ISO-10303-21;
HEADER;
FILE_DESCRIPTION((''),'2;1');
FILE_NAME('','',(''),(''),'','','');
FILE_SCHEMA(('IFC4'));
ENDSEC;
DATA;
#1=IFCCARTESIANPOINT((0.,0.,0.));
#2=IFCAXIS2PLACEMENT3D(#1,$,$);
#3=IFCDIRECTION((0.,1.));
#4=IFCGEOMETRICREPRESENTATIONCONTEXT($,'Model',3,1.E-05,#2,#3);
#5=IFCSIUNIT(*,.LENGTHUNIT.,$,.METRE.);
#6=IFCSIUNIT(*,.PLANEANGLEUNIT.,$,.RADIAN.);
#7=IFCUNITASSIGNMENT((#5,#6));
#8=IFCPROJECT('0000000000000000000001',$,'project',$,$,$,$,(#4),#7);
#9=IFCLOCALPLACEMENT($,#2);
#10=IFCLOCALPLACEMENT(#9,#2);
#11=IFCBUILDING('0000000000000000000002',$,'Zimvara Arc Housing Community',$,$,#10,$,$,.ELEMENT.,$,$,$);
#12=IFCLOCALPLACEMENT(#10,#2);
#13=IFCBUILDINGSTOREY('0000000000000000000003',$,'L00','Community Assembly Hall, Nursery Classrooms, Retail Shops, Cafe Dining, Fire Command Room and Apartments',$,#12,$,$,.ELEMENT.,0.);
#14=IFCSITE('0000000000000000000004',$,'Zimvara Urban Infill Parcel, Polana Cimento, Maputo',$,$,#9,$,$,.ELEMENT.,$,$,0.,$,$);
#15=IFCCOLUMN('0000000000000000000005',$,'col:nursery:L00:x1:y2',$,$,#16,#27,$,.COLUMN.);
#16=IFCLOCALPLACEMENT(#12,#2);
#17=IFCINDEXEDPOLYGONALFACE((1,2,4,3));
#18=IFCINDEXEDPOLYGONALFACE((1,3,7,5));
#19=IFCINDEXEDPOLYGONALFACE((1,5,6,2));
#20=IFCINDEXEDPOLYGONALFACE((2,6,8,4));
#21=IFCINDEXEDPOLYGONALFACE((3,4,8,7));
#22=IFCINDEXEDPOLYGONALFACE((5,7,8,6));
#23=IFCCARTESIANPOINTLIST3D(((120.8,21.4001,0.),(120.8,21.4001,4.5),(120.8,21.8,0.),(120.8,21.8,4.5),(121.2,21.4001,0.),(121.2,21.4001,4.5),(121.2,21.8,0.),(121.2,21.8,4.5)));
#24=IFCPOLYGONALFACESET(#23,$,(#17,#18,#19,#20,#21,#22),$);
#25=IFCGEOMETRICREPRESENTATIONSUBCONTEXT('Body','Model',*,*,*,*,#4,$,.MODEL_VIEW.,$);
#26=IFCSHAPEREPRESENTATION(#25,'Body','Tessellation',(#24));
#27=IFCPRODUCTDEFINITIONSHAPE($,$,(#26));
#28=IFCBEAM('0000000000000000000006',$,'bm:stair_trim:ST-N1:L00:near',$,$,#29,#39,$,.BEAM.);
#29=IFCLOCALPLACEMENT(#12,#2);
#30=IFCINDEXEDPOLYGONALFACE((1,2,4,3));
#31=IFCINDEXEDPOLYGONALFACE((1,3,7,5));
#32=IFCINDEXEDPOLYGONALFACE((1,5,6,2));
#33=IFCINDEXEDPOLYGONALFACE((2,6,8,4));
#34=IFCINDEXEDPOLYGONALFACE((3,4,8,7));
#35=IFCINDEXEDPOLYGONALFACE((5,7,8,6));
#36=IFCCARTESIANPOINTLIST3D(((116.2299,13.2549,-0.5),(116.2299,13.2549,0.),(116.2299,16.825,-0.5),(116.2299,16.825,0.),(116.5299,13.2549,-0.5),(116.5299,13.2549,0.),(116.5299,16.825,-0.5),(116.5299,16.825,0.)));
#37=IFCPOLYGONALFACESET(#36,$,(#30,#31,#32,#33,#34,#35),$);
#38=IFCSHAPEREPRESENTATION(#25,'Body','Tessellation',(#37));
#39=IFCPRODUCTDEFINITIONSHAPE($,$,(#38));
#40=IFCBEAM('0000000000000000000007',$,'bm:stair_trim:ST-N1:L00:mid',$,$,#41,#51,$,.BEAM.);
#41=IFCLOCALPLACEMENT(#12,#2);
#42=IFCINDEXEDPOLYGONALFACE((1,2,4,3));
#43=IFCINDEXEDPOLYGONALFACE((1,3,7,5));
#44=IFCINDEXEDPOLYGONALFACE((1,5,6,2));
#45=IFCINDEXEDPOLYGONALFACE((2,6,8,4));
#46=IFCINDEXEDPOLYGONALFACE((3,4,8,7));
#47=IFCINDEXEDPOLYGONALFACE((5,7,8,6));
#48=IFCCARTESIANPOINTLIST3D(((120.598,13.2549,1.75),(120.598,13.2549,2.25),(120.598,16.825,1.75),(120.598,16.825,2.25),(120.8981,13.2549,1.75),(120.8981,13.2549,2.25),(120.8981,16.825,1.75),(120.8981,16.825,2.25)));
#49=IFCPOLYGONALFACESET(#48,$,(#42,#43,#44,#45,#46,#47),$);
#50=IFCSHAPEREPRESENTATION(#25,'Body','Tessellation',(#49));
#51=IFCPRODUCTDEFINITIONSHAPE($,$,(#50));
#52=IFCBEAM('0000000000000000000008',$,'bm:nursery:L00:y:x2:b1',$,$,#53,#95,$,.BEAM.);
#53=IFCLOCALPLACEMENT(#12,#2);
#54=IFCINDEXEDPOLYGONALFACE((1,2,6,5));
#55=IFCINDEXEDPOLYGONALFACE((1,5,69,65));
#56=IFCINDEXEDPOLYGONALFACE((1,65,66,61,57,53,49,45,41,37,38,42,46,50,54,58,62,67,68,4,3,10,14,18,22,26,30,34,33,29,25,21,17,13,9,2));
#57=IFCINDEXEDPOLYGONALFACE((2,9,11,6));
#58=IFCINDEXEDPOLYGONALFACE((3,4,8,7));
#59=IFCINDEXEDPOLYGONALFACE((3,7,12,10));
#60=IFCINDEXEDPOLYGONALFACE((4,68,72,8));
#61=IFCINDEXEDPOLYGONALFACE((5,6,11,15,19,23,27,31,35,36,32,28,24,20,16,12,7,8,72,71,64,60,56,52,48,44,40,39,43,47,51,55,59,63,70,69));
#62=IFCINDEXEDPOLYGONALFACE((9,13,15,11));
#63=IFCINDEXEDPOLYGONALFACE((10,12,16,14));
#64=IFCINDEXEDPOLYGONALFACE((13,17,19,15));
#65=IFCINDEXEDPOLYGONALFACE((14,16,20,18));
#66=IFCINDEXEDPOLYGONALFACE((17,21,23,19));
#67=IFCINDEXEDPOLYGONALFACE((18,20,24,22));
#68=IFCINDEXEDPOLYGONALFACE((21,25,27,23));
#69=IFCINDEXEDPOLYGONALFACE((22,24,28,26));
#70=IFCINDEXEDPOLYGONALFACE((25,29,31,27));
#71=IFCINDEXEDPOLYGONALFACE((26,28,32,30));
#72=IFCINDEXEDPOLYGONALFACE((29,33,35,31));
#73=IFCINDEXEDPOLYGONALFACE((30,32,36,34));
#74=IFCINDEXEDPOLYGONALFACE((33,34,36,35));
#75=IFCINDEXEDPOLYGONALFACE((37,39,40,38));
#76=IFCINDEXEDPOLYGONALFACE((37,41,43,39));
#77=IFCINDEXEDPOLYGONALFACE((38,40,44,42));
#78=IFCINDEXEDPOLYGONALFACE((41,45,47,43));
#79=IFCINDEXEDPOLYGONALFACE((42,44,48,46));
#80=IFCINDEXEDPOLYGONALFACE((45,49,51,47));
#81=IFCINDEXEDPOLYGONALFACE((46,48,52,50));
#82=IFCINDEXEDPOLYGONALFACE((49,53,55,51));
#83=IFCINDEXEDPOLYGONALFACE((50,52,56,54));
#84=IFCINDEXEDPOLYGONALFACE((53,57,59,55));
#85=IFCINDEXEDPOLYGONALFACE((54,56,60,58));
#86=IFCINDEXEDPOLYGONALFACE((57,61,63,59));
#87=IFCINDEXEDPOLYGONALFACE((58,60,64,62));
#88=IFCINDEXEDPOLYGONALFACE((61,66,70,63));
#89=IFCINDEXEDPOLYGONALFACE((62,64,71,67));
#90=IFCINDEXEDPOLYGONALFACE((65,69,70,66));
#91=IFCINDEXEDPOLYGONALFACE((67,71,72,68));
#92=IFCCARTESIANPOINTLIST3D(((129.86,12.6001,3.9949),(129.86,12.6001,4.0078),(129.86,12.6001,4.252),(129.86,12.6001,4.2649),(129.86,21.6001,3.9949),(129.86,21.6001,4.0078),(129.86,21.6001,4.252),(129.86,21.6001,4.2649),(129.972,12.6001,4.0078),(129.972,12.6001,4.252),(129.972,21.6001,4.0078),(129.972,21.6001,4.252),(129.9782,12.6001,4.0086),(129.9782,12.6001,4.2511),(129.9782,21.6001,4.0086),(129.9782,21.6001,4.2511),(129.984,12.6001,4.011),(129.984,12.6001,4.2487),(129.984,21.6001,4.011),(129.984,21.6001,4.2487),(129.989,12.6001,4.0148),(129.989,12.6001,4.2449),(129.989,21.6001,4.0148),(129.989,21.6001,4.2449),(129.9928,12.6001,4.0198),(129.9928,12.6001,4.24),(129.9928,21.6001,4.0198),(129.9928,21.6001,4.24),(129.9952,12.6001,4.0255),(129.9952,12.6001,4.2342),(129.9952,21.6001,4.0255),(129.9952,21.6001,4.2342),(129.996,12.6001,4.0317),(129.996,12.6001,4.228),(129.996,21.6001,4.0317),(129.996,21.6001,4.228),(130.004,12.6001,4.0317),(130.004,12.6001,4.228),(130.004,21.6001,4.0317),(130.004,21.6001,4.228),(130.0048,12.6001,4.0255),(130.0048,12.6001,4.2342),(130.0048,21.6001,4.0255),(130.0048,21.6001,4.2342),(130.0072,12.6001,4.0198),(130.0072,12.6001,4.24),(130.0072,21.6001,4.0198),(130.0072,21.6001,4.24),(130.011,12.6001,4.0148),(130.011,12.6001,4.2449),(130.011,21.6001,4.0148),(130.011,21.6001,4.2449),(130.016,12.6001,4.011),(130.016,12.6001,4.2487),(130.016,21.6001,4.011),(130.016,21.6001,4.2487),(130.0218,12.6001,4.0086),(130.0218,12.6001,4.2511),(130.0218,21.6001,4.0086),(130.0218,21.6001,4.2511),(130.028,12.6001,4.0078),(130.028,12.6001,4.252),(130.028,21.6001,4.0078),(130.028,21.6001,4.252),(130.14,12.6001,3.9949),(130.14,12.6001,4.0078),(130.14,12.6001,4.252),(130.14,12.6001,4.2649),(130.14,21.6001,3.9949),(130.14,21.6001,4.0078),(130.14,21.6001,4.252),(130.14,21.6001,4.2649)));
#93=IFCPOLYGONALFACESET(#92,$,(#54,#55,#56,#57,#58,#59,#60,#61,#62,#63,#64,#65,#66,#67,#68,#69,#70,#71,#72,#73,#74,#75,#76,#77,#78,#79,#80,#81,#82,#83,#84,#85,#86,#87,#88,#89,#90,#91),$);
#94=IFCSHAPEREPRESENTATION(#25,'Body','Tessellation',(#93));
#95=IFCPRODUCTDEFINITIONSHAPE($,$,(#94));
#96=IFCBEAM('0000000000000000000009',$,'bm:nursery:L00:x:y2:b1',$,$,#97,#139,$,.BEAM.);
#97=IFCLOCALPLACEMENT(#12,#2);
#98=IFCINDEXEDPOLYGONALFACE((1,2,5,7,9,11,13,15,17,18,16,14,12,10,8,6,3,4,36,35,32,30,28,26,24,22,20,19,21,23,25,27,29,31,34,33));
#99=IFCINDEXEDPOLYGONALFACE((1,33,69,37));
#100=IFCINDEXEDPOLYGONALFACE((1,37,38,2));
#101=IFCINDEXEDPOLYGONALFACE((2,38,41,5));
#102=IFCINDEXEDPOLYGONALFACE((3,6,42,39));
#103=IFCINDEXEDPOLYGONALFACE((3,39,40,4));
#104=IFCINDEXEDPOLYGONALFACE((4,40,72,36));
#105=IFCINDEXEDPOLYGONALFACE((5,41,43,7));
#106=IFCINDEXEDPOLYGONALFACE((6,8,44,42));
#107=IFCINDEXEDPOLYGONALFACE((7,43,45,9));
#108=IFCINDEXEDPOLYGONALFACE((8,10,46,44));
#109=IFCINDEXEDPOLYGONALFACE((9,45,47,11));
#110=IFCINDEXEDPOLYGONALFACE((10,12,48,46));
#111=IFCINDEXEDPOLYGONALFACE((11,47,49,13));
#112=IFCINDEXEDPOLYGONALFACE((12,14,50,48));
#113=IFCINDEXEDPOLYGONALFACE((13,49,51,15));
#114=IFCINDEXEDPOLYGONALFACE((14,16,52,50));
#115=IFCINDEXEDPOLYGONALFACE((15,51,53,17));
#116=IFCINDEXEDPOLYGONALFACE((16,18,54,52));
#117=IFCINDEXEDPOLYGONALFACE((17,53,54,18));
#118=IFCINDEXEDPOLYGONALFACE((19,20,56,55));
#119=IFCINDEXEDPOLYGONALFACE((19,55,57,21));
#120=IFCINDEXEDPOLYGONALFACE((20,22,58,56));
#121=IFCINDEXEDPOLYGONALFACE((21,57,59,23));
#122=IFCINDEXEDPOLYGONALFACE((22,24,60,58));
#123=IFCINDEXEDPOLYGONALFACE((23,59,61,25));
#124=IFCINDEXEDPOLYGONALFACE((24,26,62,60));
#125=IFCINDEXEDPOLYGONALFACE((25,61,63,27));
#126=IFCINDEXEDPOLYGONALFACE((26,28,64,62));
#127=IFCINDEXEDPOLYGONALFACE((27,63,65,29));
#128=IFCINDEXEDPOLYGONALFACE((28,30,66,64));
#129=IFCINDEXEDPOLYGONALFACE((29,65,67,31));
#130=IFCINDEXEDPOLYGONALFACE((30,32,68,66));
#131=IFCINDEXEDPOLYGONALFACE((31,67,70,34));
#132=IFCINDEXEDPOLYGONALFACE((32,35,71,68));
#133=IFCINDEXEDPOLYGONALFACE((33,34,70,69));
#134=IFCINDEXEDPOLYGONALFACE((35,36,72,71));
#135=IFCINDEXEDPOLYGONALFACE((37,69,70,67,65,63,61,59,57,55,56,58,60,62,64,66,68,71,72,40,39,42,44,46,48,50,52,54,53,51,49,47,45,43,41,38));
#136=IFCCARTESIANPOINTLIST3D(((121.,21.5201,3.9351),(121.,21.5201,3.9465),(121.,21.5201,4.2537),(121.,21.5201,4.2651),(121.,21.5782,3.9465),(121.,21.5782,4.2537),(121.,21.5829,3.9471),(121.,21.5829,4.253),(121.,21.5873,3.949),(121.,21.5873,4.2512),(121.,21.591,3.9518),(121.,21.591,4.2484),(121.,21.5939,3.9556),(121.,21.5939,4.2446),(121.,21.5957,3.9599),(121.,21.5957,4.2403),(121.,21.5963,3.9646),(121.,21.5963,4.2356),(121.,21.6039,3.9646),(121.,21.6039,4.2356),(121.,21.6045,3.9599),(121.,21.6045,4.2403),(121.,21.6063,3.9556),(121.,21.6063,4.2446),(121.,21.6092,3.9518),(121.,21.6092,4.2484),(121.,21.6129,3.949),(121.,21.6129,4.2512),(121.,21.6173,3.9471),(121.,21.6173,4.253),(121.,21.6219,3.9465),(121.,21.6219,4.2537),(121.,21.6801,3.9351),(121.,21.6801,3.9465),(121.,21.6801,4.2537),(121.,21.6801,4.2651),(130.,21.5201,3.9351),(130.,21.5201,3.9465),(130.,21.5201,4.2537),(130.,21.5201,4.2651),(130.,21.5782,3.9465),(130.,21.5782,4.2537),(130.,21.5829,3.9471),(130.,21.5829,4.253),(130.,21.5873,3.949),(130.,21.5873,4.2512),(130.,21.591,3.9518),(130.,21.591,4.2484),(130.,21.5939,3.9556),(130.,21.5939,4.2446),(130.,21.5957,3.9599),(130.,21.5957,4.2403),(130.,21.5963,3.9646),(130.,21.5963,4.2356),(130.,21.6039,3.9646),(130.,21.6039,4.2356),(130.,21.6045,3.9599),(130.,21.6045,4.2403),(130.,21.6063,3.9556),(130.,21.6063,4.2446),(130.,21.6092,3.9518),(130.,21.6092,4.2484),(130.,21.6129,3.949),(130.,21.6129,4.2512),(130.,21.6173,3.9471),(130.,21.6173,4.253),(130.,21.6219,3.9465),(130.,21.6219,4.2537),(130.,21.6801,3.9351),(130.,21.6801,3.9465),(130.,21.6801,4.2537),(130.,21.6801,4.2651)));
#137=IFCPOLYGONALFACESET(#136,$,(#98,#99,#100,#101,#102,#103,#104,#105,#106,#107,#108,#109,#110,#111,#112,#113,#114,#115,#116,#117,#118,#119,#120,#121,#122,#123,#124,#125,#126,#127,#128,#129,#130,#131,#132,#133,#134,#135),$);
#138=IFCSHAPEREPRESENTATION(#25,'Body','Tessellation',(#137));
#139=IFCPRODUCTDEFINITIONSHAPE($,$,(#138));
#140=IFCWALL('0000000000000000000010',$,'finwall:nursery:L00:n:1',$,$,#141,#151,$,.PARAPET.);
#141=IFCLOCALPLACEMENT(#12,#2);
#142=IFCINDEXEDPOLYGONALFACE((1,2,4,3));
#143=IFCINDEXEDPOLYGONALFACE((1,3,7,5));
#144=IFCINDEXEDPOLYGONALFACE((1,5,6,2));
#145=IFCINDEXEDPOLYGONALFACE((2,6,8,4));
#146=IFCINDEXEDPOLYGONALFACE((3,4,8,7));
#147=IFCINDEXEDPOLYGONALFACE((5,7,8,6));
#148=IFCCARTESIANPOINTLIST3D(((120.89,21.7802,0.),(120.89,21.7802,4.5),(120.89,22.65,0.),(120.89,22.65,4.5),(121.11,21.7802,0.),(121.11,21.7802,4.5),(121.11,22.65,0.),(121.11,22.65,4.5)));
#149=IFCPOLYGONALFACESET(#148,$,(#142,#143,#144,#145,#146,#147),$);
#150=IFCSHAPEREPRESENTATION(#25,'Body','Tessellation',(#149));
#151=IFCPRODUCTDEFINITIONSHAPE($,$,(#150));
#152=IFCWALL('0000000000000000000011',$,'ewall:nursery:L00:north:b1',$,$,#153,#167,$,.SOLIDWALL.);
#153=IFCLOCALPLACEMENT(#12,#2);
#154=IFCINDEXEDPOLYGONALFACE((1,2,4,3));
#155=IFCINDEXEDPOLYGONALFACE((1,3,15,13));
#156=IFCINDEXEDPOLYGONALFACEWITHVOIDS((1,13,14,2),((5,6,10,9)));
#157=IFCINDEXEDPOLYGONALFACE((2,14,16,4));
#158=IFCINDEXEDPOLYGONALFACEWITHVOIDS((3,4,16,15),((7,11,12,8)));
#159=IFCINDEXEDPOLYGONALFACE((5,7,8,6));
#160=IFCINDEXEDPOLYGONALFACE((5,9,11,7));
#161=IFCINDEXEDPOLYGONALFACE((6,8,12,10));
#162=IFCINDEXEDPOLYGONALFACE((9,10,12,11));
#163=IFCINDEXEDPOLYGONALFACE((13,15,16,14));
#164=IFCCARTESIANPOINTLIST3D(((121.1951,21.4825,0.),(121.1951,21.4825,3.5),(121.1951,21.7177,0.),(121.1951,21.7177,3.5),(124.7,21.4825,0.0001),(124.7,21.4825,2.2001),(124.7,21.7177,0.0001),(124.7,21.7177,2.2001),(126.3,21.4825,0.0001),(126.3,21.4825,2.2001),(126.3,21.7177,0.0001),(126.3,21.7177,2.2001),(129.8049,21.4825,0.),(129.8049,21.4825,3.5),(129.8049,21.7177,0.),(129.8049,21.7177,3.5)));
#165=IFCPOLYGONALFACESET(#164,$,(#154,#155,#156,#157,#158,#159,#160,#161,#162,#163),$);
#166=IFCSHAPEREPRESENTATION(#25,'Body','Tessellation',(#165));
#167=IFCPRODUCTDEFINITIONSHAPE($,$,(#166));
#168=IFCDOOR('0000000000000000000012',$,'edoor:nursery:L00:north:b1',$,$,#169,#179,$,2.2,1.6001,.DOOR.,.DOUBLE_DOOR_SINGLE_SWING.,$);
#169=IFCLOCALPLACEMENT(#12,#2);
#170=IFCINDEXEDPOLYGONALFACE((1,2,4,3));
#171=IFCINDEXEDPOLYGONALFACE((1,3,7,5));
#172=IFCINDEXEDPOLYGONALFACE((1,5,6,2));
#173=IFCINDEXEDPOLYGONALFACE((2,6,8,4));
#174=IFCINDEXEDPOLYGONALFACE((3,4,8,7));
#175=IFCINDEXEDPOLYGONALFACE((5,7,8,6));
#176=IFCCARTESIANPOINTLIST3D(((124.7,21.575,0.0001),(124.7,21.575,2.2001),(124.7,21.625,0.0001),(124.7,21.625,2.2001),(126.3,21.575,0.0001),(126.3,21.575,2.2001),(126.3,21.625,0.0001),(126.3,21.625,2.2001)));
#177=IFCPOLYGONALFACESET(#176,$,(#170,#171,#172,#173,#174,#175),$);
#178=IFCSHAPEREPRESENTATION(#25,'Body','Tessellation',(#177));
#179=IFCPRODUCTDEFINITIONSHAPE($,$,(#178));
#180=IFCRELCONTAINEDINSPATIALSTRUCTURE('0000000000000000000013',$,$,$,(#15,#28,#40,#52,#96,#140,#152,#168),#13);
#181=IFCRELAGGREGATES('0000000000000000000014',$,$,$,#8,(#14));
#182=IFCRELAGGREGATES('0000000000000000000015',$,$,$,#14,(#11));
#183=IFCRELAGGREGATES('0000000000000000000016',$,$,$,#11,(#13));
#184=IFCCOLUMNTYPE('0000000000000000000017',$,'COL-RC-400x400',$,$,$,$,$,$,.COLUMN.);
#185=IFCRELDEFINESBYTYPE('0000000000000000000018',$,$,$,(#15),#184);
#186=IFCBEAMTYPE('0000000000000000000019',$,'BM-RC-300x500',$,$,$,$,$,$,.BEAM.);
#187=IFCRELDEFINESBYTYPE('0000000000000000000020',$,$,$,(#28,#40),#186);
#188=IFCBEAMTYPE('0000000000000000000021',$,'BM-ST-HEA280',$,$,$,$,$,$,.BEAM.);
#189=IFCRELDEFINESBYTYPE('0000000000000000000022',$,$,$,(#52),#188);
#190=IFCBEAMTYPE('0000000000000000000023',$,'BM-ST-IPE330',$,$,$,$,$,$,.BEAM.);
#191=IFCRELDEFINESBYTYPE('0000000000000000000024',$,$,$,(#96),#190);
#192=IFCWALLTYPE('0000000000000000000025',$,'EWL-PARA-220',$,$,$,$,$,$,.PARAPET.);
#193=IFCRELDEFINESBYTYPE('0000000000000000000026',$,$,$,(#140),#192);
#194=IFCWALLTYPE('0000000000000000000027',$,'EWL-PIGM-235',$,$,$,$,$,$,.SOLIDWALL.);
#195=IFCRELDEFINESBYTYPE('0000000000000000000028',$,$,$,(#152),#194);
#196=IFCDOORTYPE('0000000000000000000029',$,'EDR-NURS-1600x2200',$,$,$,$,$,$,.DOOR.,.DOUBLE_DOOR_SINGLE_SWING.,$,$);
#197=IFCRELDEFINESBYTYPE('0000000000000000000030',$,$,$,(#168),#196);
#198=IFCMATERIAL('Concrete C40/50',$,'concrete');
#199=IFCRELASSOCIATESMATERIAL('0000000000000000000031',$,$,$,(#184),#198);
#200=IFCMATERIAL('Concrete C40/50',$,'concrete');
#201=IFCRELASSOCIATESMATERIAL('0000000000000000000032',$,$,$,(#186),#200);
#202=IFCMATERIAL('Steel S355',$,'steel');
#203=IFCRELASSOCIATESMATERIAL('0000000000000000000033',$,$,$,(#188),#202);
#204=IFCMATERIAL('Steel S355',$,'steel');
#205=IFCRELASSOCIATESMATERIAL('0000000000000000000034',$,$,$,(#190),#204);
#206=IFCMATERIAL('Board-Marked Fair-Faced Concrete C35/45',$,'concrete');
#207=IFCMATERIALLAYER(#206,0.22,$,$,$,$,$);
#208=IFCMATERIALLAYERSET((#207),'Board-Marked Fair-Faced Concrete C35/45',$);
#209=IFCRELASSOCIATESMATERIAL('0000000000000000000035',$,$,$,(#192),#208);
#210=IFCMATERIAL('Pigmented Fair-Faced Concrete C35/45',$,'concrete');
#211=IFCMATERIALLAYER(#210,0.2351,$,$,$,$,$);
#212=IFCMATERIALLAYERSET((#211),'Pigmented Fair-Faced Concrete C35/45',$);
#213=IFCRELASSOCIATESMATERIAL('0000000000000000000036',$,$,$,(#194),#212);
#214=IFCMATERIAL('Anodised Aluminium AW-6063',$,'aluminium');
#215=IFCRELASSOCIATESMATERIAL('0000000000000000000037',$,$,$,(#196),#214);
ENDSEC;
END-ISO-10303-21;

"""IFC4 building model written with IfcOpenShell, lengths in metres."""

from ifc_helpers import new_model, si_unit, direction, frame, frame_2d, origin, origin_2d, place, context, subcontext, project, spatial, rectangle, i_section, extrude, material, layer, layer_set, material_profile, profile_set, type_object, element, fill, save


model = new_model("IFC4")

# Units and contexts
model_context = context("Model", 3, precision=1e-05, world=origin(), true_north=direction((0.0, 1.0)))
body_context = subcontext(model_context, "Body", "Model", "MODEL_VIEW")
ifc_project = project(units=[si_unit("LENGTHUNIT", "METRE"), si_unit("PLANEANGLEUNIT", "RADIAN")], contexts=[model_context])

# Site, building, storey
site_placement = place(None, origin())
site = spatial("IfcSite", under=ifc_project, at=site_placement, Name="Zimvara Urban Infill Parcel, Polana Cimento, Maputo", CompositionType="ELEMENT", RefElevation=0.0)
building_placement = place(site_placement, origin())
building = spatial("IfcBuilding", under=site, at=building_placement, Name="Zimvara Arc Housing Community", CompositionType="ELEMENT")
storey_placement = place(building_placement, origin())
storey = spatial("IfcBuildingStorey", under=building, at=storey_placement, Name="L00", Description="Community Assembly Hall, Nursery Classrooms, Retail Shops, Cafe Dining, Fire Command Room and Apartments", CompositionType="ELEMENT", Elevation=0.0)

# Column
ifc_material_1 = material(Name="Concrete C40/50", Category="concrete")
ifc_material_profile_1 = material_profile(ifc_material_1, rectangle(XDim=0.3999, YDim=0.3999, at=origin_2d()), Name="RC 400x400")
ifc_profile_set_1 = profile_set([ifc_material_profile_1], Name="Concrete C40/50")
column_type = type_object("IfcColumnType", Name="COL-RC-400x400", PredefinedType="COLUMN", material=ifc_profile_set_1)
column_placement = place(storey_placement, frame((121.0, 21.6001, 0.0), z_axis=(0.0, 0.0, 1.0), x_axis=(1.0, 0.0, 0.0)))
element("IfcColumn", 1, at=column_placement, inside=storey, type_object=column_type, Name="col:nursery:L00:x1:y2", PredefinedType="COLUMN", context=body_context, shape_type="SweptSolid", body=[
    extrude(rectangle(XDim=0.3999, YDim=0.3999, at=origin_2d()), origin(), (0.0, 0.0, 1.0), 4.5),
])

# Beams
ifc_material_2 = material(Name="Concrete C40/50", Category="concrete")
ifc_material_profile_2 = material_profile(ifc_material_2, rectangle(XDim=0.3, YDim=0.5, at=origin_2d()), Name="RC 300x500")
ifc_profile_set_2 = profile_set([ifc_material_profile_2], Name="Concrete C40/50")
beam_type_1 = type_object("IfcBeamType", Name="BM-RC-300x500", PredefinedType="BEAM", material=ifc_profile_set_2)
for number, where, z_axis, x_axis, name in (
    (2, (116.3799, 13.2549, -0.25), (0.0, 1.0, 0.0), (-1.0, 0.0, 0.0), "bm:stair_trim:ST-N1:L00:near"),
    (3, (120.748, 13.2549, 2.0), (0.0, 1.0, 0.0), (-1.0, 0.0, 0.0), "bm:stair_trim:ST-N1:L00:mid"),
):
    element("IfcBeam", number, at=place(storey_placement, frame(where, z_axis=z_axis, x_axis=x_axis)), inside=storey, type_object=beam_type_1, Name=name, PredefinedType="BEAM", context=body_context, shape_type="SweptSolid", body=[
        extrude(rectangle(XDim=0.3, YDim=0.5, at=origin_2d()), origin(), (0.0, 0.0, 1.0), 3.5701),
    ])
ifc_material_3 = material(Name="Steel S355", Category="steel")
ifc_material_profile_3 = material_profile(ifc_material_3, i_section(OverallWidth=0.28, OverallDepth=0.27, WebThickness=0.0081, FlangeThickness=0.0129, FilletRadius=0.0239, at=origin_2d()), Name="HEA 280")
ifc_profile_set_3 = profile_set([ifc_material_profile_3], Name="Steel S355")
beam_type_2 = type_object("IfcBeamType", Name="BM-ST-HEA280", PredefinedType="BEAM", material=ifc_profile_set_3)
beam_1_placement = place(storey_placement, frame((130.0, 12.6001, 4.1299), z_axis=(0.0, 1.0, 0.0), x_axis=(-1.0, 0.0, 0.0)))
element("IfcBeam", 4, at=beam_1_placement, inside=storey, type_object=beam_type_2, Name="bm:nursery:L00:y:x2:b1", PredefinedType="BEAM", context=body_context, shape_type="SweptSolid", body=[
    extrude(i_section(OverallWidth=0.28, OverallDepth=0.27, WebThickness=0.0081, FlangeThickness=0.0129, FilletRadius=0.0239, at=origin_2d()), origin(), (0.0, 0.0, 1.0), 9.0),
])
ifc_material_4 = material(Name="Steel S355", Category="steel")
ifc_material_profile_4 = material_profile(ifc_material_4, i_section(OverallWidth=0.1599, OverallDepth=0.3301, WebThickness=0.0076, FlangeThickness=0.0115, FilletRadius=0.0181, at=origin_2d()), Name="IPE 330")
ifc_profile_set_4 = profile_set([ifc_material_profile_4], Name="Steel S355")
beam_type_3 = type_object("IfcBeamType", Name="BM-ST-IPE330", PredefinedType="BEAM", material=ifc_profile_set_4)
beam_2_placement = place(storey_placement, frame((121.0, 21.6001, 4.1001), z_axis=(1.0, 0.0, 0.0), x_axis=(0.0, 1.0, 0.0)))
element("IfcBeam", 5, at=beam_2_placement, inside=storey, type_object=beam_type_3, Name="bm:nursery:L00:x:y2:b1", PredefinedType="BEAM", context=body_context, shape_type="SweptSolid", body=[
    extrude(i_section(OverallWidth=0.1599, OverallDepth=0.3301, WebThickness=0.0076, FlangeThickness=0.0115, FilletRadius=0.0181, at=origin_2d()), origin(), (0.0, 0.0, 1.0), 9.0),
])

# Wall
ifc_material_5 = material(Name="Board-Marked Fair-Faced Concrete C35/45", Category="concrete")
ifc_layer_1 = layer(ifc_material_5, 0.22)
ifc_layer_set_1 = layer_set([ifc_layer_1], Name="Board-Marked Fair-Faced Concrete C35/45")
wall_type_1 = type_object("IfcWallType", Name="EWL-PARA-220", PredefinedType="PARAPET", material=ifc_layer_set_1)
wall_1_placement = place(storey_placement, frame((121.0, 21.78, 0.0), z_axis=(0.0, 0.0, 1.0), x_axis=(0.0, 1.0, 0.0)))
element("IfcWall", 6, at=wall_1_placement, inside=storey, type_object=wall_type_1, Name="finwall:nursery:L00:n:1", PredefinedType="PARAPET", context=body_context, shape_type="SweptSolid", body=[
    extrude(rectangle(XDim=0.8699, YDim=0.22, at=frame_2d((0.4351, 0.0))), origin(), (0.0, 0.0, 1.0), 4.5),
])

# Wall, opening, door
ifc_material_6 = material(Name="Pigmented Fair-Faced Concrete C35/45", Category="concrete")
ifc_layer_2 = layer(ifc_material_6, 0.2351)
ifc_layer_set_2 = layer_set([ifc_layer_2], Name="Pigmented Fair-Faced Concrete C35/45")
wall_type_2 = type_object("IfcWallType", Name="EWL-PIGM-235", PredefinedType="SOLIDWALL", material=ifc_layer_set_2)
wall_2_placement = place(storey_placement, frame((121.1951, 21.6001, 0.0), z_axis=(0.0, 0.0, 1.0), x_axis=(1.0, 0.0, 0.0)))
wall_2 = element("IfcWall", 7, at=wall_2_placement, inside=storey, type_object=wall_type_2, Name="ewall:nursery:L00:north:b1", PredefinedType="SOLIDWALL", context=body_context, shape_type="SweptSolid", body=[
    extrude(rectangle(XDim=8.6099, YDim=0.2351, at=frame_2d((4.3049, 0.0))), origin(), (0.0, 0.0, 1.0), 3.5),
])
opening_1_placement = place(wall_2_placement, frame((3.5049, 0.0, 0.0)))
opening_1 = element("IfcOpeningElement", 8, at=opening_1_placement, cuts=wall_2, PredefinedType="OPENING", context=body_context, shape_type="SweptSolid", body=[
    extrude(rectangle(XDim=1.6001, YDim=2.2, at=frame_2d((0.8, 1.1001))), frame((0.0, 0.1274, 0.0), z_axis=(0.0, -1.0, 0.0), x_axis=(1.0, 0.0, 0.0)), (0.0, 0.0, 1.0), 0.2551),
])
ifc_material_7 = material(Name="Anodised Aluminium AW-6063", Category="aluminium")
door_type_1 = type_object("IfcDoorType", Name="EDR-NURS-1600x2200", OperationType="DOUBLE_DOOR_SINGLE_SWING", PredefinedType="DOOR", material=ifc_material_7)
door_1_placement = place(opening_1_placement, origin())
door_1 = element("IfcDoor", 9, at=door_1_placement, inside=storey, type_object=door_type_1, Name="edoor:nursery:L00:north:b1", OperationType="DOUBLE_DOOR_SINGLE_SWING", OverallHeight=2.2, OverallWidth=1.6001, PredefinedType="DOOR", context=body_context, shape_type="SweptSolid", body=[
    extrude(rectangle(XDim=1.6001, YDim=2.2, at=frame_2d((0.8, 1.1001))), frame((0.0, 0.0249, 0.0), z_axis=(0.0, -1.0, 0.0), x_axis=(1.0, 0.0, 0.0)), (0.0, 0.0, 1.0), 0.05),
])
fill(opening_1, door_1)

save(model, "model.ifc")
